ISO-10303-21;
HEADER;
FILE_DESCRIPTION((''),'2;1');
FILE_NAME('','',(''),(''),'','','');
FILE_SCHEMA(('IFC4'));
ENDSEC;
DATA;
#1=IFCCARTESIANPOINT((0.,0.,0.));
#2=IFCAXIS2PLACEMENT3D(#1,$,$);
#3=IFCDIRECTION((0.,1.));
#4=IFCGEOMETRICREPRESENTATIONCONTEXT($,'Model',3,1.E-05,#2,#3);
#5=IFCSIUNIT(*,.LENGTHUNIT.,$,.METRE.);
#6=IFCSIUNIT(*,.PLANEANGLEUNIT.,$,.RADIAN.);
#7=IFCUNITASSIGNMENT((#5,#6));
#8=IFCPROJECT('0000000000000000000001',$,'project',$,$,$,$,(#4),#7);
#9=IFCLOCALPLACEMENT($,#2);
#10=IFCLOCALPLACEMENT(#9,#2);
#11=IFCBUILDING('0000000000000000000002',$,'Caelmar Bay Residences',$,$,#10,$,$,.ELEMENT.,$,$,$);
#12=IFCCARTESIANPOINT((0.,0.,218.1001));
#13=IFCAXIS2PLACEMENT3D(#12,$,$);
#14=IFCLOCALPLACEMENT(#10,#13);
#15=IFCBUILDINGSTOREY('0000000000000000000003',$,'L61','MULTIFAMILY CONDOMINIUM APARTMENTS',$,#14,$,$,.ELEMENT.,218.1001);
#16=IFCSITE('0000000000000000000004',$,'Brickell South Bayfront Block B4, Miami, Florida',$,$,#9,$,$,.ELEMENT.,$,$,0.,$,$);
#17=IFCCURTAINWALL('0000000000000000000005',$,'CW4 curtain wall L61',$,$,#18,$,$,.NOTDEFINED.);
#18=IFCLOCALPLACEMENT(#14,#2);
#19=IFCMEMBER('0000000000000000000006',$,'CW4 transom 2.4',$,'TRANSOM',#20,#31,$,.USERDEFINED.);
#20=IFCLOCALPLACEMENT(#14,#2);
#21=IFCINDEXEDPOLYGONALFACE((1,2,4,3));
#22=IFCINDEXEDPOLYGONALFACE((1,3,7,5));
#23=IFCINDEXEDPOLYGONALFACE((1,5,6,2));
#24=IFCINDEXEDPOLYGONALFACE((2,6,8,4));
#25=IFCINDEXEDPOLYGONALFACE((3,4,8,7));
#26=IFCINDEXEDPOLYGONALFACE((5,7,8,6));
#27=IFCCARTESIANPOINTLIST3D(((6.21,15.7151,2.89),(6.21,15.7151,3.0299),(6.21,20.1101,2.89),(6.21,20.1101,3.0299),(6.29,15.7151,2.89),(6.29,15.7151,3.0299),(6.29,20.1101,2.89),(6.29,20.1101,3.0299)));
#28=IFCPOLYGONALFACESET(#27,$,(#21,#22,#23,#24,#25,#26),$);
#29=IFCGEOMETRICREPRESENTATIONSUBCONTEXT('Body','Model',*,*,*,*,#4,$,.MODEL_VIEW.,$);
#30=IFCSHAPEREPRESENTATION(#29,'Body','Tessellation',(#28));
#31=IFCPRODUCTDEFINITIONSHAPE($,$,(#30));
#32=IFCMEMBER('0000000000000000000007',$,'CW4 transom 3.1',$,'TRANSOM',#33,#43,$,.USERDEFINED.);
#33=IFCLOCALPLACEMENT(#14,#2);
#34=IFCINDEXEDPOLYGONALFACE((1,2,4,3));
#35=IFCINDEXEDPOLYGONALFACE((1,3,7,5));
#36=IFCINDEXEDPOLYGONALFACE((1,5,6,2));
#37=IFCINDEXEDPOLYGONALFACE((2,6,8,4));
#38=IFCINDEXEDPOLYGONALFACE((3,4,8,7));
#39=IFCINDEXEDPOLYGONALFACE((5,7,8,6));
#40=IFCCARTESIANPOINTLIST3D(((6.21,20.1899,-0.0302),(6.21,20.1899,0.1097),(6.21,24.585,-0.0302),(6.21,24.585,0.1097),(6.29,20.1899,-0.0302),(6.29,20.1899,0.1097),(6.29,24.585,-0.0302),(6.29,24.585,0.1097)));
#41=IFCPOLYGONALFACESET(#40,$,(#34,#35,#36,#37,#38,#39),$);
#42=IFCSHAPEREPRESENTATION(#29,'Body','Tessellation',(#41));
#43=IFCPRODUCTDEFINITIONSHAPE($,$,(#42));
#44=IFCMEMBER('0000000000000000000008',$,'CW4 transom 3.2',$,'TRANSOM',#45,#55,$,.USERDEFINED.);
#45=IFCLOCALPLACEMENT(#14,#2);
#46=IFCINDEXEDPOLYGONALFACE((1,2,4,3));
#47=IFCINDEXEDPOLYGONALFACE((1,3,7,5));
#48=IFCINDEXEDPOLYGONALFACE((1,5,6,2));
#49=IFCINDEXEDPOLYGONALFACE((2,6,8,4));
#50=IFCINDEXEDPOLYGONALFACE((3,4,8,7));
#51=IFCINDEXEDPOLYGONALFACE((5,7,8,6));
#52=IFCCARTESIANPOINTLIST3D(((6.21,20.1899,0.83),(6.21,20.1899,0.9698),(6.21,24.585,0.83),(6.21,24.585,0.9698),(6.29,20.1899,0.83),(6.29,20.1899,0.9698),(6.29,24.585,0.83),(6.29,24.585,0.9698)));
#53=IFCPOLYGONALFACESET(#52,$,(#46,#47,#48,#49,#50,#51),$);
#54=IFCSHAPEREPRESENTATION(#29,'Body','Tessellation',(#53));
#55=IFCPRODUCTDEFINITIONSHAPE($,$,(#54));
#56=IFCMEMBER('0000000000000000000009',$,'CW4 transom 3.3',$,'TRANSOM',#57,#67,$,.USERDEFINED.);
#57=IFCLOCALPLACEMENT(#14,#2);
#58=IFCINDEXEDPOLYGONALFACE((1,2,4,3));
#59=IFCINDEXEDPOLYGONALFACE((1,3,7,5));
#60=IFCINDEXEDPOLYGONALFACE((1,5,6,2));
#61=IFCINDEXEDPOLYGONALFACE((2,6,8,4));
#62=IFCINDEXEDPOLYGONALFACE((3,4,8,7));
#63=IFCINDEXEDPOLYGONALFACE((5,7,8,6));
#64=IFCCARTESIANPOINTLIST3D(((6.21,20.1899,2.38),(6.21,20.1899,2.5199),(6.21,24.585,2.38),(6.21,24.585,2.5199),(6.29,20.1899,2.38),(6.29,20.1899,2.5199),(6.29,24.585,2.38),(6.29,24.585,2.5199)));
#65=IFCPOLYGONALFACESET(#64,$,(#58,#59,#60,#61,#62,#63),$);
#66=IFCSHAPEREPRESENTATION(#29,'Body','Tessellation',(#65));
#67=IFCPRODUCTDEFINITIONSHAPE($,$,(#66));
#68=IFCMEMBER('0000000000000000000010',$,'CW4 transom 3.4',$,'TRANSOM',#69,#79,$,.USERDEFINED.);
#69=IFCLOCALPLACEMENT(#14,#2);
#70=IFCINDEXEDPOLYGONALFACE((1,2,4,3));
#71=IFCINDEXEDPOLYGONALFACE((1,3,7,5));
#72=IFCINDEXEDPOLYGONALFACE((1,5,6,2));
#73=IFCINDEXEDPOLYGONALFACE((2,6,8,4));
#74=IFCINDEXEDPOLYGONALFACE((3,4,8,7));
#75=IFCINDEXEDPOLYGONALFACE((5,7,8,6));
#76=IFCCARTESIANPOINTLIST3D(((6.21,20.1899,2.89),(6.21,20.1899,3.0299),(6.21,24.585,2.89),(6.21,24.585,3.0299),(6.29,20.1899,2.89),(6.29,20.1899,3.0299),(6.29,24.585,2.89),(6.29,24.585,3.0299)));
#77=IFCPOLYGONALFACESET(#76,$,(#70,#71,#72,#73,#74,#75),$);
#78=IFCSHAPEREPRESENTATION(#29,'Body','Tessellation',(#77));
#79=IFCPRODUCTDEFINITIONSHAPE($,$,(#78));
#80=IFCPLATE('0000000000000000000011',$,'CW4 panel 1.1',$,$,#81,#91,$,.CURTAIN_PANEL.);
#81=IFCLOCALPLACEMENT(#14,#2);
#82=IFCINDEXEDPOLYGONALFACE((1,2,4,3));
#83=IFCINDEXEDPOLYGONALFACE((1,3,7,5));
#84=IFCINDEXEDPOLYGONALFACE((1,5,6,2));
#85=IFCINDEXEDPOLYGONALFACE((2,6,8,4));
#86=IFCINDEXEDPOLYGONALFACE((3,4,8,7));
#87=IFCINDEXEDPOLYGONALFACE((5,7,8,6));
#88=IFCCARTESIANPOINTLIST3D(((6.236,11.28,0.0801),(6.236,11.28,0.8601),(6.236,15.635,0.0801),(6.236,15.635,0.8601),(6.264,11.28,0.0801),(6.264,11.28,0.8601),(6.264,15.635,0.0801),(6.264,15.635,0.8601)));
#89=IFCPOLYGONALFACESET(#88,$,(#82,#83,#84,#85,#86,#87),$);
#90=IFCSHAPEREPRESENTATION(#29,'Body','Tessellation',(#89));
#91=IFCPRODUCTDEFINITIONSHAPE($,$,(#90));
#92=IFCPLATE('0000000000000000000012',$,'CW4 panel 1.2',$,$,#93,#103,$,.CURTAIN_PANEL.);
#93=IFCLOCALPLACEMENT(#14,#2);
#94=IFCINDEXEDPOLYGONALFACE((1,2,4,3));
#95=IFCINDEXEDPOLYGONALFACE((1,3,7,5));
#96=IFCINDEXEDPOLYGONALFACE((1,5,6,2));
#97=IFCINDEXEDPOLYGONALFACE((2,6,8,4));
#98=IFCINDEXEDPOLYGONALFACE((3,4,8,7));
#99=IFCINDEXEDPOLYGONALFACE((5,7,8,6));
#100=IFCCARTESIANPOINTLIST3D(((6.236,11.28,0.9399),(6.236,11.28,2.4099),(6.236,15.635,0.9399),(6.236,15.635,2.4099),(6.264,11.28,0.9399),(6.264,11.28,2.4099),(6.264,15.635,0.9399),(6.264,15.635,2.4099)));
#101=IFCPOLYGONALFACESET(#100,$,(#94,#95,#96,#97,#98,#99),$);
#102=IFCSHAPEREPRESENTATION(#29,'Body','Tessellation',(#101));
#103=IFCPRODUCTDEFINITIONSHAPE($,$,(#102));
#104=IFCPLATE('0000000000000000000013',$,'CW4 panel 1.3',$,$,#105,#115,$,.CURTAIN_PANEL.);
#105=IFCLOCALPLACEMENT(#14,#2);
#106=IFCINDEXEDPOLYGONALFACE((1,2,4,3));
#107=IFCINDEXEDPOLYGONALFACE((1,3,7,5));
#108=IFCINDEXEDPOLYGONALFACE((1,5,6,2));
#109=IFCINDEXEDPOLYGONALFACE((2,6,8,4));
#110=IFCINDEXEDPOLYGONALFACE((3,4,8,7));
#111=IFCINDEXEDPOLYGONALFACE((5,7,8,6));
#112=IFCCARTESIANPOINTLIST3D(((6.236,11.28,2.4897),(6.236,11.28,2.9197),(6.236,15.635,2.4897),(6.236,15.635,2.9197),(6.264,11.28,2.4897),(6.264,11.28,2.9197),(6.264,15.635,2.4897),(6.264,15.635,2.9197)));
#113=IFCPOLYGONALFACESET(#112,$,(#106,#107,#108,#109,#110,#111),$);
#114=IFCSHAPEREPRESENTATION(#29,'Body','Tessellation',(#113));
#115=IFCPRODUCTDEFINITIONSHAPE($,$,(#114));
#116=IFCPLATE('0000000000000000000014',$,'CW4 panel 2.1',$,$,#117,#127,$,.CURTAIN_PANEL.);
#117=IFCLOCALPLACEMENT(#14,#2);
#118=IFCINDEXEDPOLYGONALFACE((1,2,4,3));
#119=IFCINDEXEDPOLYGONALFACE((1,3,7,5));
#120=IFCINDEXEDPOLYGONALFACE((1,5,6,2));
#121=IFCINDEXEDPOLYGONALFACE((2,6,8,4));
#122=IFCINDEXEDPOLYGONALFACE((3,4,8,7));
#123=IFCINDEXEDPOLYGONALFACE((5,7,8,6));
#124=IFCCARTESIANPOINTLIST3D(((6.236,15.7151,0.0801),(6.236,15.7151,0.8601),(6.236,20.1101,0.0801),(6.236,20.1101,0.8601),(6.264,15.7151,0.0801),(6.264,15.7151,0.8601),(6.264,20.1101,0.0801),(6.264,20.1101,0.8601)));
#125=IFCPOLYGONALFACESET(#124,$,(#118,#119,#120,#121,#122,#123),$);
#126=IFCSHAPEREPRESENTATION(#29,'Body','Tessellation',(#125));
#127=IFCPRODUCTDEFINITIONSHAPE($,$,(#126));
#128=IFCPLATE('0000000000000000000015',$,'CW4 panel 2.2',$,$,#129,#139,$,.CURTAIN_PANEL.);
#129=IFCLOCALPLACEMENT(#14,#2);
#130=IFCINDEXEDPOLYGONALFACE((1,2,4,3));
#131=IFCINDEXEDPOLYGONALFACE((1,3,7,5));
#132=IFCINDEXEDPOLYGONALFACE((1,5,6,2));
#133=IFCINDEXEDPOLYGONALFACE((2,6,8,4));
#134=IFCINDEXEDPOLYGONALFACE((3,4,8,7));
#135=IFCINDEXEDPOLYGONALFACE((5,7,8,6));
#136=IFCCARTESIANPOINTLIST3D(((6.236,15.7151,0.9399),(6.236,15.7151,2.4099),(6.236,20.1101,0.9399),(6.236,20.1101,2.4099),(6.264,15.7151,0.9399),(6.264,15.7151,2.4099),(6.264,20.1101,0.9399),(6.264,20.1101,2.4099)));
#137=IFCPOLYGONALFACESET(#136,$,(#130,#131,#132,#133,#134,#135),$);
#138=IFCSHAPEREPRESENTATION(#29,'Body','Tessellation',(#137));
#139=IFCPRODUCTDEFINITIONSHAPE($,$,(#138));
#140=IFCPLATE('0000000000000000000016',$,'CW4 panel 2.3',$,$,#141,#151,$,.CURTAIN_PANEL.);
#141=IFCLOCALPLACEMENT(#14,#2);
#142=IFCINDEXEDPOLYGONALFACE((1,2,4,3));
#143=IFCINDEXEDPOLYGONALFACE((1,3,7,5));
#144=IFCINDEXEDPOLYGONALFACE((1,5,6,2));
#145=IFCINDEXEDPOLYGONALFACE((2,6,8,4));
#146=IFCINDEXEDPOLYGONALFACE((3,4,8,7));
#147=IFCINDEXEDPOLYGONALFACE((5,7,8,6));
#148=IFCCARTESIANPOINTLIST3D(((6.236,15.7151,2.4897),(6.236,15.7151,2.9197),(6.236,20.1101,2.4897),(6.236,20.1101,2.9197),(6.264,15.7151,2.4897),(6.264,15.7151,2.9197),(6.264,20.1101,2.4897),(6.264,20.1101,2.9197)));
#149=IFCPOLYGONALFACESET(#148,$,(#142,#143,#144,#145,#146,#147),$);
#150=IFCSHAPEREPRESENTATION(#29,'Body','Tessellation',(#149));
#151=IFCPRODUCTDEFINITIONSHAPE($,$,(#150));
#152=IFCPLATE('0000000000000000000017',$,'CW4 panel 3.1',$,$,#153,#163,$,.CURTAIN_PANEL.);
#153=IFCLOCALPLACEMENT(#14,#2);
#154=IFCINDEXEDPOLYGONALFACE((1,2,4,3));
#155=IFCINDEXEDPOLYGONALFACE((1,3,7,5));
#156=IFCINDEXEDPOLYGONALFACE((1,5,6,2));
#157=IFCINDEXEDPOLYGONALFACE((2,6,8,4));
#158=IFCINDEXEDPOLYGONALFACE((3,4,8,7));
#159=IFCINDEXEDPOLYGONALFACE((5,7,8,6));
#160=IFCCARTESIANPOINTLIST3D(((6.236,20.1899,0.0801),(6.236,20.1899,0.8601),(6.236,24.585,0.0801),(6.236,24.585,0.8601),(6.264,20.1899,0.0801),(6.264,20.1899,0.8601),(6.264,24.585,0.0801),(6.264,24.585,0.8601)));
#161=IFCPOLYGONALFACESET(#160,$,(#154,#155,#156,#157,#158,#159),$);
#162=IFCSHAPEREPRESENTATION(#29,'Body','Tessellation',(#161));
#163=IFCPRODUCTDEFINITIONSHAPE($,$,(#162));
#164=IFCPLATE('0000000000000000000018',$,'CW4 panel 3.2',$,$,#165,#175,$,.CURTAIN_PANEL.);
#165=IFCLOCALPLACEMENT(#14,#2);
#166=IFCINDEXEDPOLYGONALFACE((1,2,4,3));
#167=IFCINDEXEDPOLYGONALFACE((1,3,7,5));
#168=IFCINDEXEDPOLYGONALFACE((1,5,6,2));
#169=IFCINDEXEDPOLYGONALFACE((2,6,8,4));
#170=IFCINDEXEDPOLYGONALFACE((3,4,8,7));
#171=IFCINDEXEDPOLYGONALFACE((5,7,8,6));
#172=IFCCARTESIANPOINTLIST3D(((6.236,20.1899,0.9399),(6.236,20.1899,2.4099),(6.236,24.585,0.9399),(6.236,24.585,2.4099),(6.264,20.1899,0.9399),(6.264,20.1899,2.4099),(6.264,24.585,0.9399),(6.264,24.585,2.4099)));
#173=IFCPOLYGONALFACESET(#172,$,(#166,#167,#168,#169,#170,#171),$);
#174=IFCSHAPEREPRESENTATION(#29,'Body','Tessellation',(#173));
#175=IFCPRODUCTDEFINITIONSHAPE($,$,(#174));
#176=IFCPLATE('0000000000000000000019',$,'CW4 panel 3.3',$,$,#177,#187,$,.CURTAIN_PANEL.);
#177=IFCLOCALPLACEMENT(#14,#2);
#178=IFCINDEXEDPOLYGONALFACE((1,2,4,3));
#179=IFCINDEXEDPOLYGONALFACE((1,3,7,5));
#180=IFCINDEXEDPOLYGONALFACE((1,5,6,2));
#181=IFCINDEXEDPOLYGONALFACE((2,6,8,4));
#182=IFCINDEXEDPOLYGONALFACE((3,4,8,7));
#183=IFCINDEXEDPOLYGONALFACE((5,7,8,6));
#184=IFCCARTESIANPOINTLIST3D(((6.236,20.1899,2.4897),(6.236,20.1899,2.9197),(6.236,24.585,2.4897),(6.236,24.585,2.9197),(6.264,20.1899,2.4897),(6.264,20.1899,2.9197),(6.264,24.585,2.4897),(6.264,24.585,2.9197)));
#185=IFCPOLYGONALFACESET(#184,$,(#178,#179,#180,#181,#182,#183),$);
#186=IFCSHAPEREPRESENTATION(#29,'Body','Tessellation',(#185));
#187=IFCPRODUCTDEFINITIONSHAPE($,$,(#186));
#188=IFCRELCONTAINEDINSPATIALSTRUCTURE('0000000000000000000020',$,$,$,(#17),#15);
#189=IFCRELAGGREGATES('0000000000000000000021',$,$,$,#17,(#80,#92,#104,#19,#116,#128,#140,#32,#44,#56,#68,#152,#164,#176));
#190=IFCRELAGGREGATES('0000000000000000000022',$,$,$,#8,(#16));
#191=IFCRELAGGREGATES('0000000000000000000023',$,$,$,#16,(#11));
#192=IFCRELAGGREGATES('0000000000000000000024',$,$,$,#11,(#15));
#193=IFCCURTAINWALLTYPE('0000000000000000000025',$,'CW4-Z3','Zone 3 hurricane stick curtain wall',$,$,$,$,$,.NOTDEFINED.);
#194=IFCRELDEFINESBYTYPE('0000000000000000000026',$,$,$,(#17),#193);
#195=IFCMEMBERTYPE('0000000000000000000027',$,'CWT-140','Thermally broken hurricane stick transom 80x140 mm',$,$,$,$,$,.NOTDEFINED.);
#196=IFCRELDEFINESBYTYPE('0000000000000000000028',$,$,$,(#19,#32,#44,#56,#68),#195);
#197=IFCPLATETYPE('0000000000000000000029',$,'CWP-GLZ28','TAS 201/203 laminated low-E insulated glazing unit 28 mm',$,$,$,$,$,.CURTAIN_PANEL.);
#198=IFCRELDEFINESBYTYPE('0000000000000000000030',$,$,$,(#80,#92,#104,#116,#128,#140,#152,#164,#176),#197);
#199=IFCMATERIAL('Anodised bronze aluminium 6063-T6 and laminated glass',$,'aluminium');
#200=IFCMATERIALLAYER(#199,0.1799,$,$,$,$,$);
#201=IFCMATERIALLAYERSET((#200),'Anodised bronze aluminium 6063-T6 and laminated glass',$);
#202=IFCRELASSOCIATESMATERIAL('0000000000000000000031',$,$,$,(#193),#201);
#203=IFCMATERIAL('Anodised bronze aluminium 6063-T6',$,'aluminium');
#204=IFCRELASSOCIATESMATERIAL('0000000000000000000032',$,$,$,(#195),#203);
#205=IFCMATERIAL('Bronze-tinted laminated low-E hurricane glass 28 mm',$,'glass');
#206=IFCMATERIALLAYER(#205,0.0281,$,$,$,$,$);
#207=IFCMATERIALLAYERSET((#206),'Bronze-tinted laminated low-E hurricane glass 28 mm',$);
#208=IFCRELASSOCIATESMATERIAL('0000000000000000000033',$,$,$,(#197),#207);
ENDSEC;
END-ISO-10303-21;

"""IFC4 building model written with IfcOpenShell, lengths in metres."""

from ifc_helpers import new_model, si_unit, direction, frame, origin, origin_2d, place, context, subcontext, project, spatial, rectangle, extrude, material, layer, layer_set, material_profile, profile_set, type_object, element, aggregate, save


model = new_model("IFC4")

# Units and contexts
model_context = context("Model", 3, precision=1e-05, world=origin(), true_north=direction((0.0, 1.0)))
body_context = subcontext(model_context, "Body", "Model", "MODEL_VIEW")
ifc_project = project(units=[si_unit("LENGTHUNIT", "METRE"), si_unit("PLANEANGLEUNIT", "RADIAN")], contexts=[model_context])

# Site, building, storey
site_placement = place(None, origin())
site = spatial("IfcSite", under=ifc_project, at=site_placement, Name="Brickell South Bayfront Block B4, Miami, Florida", CompositionType="ELEMENT", RefElevation=0.0)
building_placement = place(site_placement, origin())
building = spatial("IfcBuilding", under=site, at=building_placement, Name="Caelmar Bay Residences", CompositionType="ELEMENT")
storey_placement = place(building_placement, frame((0.0, 0.0, 218.1001)))
storey = spatial("IfcBuildingStorey", under=building, at=storey_placement, Name="L61", Description="MULTIFAMILY CONDOMINIUM APARTMENTS", CompositionType="ELEMENT", Elevation=218.1001)

# Curtain wall, members, plates
ifc_material_1 = material(Name="Anodised bronze aluminium 6063-T6 and laminated glass", Category="aluminium")
ifc_layer_1 = layer(ifc_material_1, 0.1799)
ifc_layer_set_1 = layer_set([ifc_layer_1], Name="Anodised bronze aluminium 6063-T6 and laminated glass")
curtain_wall_type = type_object("IfcCurtainWallType", Name="CW4-Z3", Description="Zone 3 hurricane stick curtain wall", PredefinedType="NOTDEFINED", material=ifc_layer_set_1)
curtain_wall_placement = place(storey_placement, origin())
curtain_wall = element("IfcCurtainWall", 1, at=curtain_wall_placement, inside=storey, type_object=curtain_wall_type, Name="CW4 curtain wall L61", PredefinedType="NOTDEFINED")
ifc_material_2 = material(Name="Anodised bronze aluminium 6063-T6", Category="aluminium")
ifc_material_profile_1 = material_profile(ifc_material_2, rectangle(XDim=0.0801, YDim=0.1399, at=origin_2d()), Name="CWT-80X140")
ifc_profile_set_1 = profile_set([ifc_material_profile_1], Name="Anodised bronze aluminium 6063-T6")
member_type_1 = type_object("IfcMemberType", Name="CWT-140", Description="Thermally broken hurricane stick transom 80x140 mm", PredefinedType="NOTDEFINED", material=ifc_profile_set_1)
member_1_placement = place(storey_placement, frame((6.25, 15.7151, 2.96), z_axis=(0.0, 1.0, 0.0), x_axis=(-1.0, 0.0, 0.0)))
member_1 = element("IfcMember", 2, at=member_1_placement, type_object=member_type_1, Name="CW4 transom 2.4", ObjectType="TRANSOM", PredefinedType="USERDEFINED", context=body_context, shape_type="SweptSolid", body=[
    extrude(rectangle(XDim=0.0801, YDim=0.1399, at=origin_2d()), origin(), (0.0, 0.0, 1.0), 4.395),
])
member_2_placement = place(storey_placement, frame((6.25, 20.1899, 0.0398), z_axis=(0.0, 1.0, 0.0), x_axis=(-1.0, 0.0, 0.0)))
member_2 = element("IfcMember", 3, at=member_2_placement, type_object=member_type_1, Name="CW4 transom 3.1", ObjectType="TRANSOM", PredefinedType="USERDEFINED", context=body_context, shape_type="SweptSolid", body=[
    extrude(rectangle(XDim=0.0801, YDim=0.1399, at=origin_2d()), origin(), (0.0, 0.0, 1.0), 4.395),
])
member_3_placement = place(storey_placement, frame((6.25, 20.1899, 0.8999), z_axis=(0.0, 1.0, 0.0), x_axis=(-1.0, 0.0, 0.0)))
member_3 = element("IfcMember", 4, at=member_3_placement, type_object=member_type_1, Name="CW4 transom 3.2", ObjectType="TRANSOM", PredefinedType="USERDEFINED", context=body_context, shape_type="SweptSolid", body=[
    extrude(rectangle(XDim=0.0801, YDim=0.1399, at=origin_2d()), origin(), (0.0, 0.0, 1.0), 4.395),
])
member_4_placement = place(storey_placement, frame((6.25, 20.1899, 2.45), z_axis=(0.0, 1.0, 0.0), x_axis=(-1.0, 0.0, 0.0)))
member_4 = element("IfcMember", 5, at=member_4_placement, type_object=member_type_1, Name="CW4 transom 3.3", ObjectType="TRANSOM", PredefinedType="USERDEFINED", context=body_context, shape_type="SweptSolid", body=[
    extrude(rectangle(XDim=0.0801, YDim=0.1399, at=origin_2d()), origin(), (0.0, 0.0, 1.0), 4.395),
])
member_5_placement = place(storey_placement, frame((6.25, 20.1899, 2.96), z_axis=(0.0, 1.0, 0.0), x_axis=(-1.0, 0.0, 0.0)))
member_5 = element("IfcMember", 6, at=member_5_placement, type_object=member_type_1, Name="CW4 transom 3.4", ObjectType="TRANSOM", PredefinedType="USERDEFINED", context=body_context, shape_type="SweptSolid", body=[
    extrude(rectangle(XDim=0.0801, YDim=0.1399, at=origin_2d()), origin(), (0.0, 0.0, 1.0), 4.395),
])
ifc_material_3 = material(Name="Bronze-tinted laminated low-E hurricane glass 28 mm", Category="glass")
ifc_layer_2 = layer(ifc_material_3, 0.0281)
ifc_layer_set_2 = layer_set([ifc_layer_2], Name="Bronze-tinted laminated low-E hurricane glass 28 mm")
plate_type = type_object("IfcPlateType", Name="CWP-GLZ28", Description="TAS 201/203 laminated low-E insulated glazing unit 28 mm", PredefinedType="CURTAIN_PANEL", material=ifc_layer_set_2)
plate_1_placement = place(storey_placement, frame((6.25, 13.4575, 0.0801), z_axis=(0.0, 0.0, 1.0), x_axis=(0.0, 1.0, 0.0)))
plate_1 = element("IfcPlate", 7, at=plate_1_placement, type_object=plate_type, Name="CW4 panel 1.1", PredefinedType="CURTAIN_PANEL", context=body_context, shape_type="SweptSolid", body=[
    extrude(rectangle(XDim=4.355, YDim=0.0281, at=origin_2d()), origin(), (0.0, 0.0, 1.0), 0.78),
])
plate_2_placement = place(storey_placement, frame((6.25, 13.4575, 0.9399), z_axis=(0.0, 0.0, 1.0), x_axis=(0.0, 1.0, 0.0)))
plate_2 = element("IfcPlate", 8, at=plate_2_placement, type_object=plate_type, Name="CW4 panel 1.2", PredefinedType="CURTAIN_PANEL", context=body_context, shape_type="SweptSolid", body=[
    extrude(rectangle(XDim=4.355, YDim=0.0281, at=origin_2d()), origin(), (0.0, 0.0, 1.0), 1.47),
])
plate_3_placement = place(storey_placement, frame((6.25, 13.4575, 2.4897), z_axis=(0.0, 0.0, 1.0), x_axis=(0.0, 1.0, 0.0)))
plate_3 = element("IfcPlate", 9, at=plate_3_placement, type_object=plate_type, Name="CW4 panel 1.3", PredefinedType="CURTAIN_PANEL", context=body_context, shape_type="SweptSolid", body=[
    extrude(rectangle(XDim=4.355, YDim=0.0281, at=origin_2d()), origin(), (0.0, 0.0, 1.0), 0.4299),
])
plate_4_placement = place(storey_placement, frame((6.25, 17.9126, 0.0801), z_axis=(0.0, 0.0, 1.0), x_axis=(0.0, 1.0, 0.0)))
plate_4 = element("IfcPlate", 10, at=plate_4_placement, type_object=plate_type, Name="CW4 panel 2.1", PredefinedType="CURTAIN_PANEL", context=body_context, shape_type="SweptSolid", body=[
    extrude(rectangle(XDim=4.395, YDim=0.0281, at=origin_2d()), origin(), (0.0, 0.0, 1.0), 0.78),
])
plate_5_placement = place(storey_placement, frame((6.25, 17.9126, 0.9399), z_axis=(0.0, 0.0, 1.0), x_axis=(0.0, 1.0, 0.0)))
plate_5 = element("IfcPlate", 11, at=plate_5_placement, type_object=plate_type, Name="CW4 panel 2.2", PredefinedType="CURTAIN_PANEL", context=body_context, shape_type="SweptSolid", body=[
    extrude(rectangle(XDim=4.395, YDim=0.0281, at=origin_2d()), origin(), (0.0, 0.0, 1.0), 1.47),
])
plate_6_placement = place(storey_placement, frame((6.25, 17.9126, 2.4897), z_axis=(0.0, 0.0, 1.0), x_axis=(0.0, 1.0, 0.0)))
plate_6 = element("IfcPlate", 12, at=plate_6_placement, type_object=plate_type, Name="CW4 panel 2.3", PredefinedType="CURTAIN_PANEL", context=body_context, shape_type="SweptSolid", body=[
    extrude(rectangle(XDim=4.395, YDim=0.0281, at=origin_2d()), origin(), (0.0, 0.0, 1.0), 0.4299),
])
plate_7_placement = place(storey_placement, frame((6.25, 22.3875, 0.0801), z_axis=(0.0, 0.0, 1.0), x_axis=(0.0, 1.0, 0.0)))
plate_7 = element("IfcPlate", 13, at=plate_7_placement, type_object=plate_type, Name="CW4 panel 3.1", PredefinedType="CURTAIN_PANEL", context=body_context, shape_type="SweptSolid", body=[
    extrude(rectangle(XDim=4.395, YDim=0.0281, at=origin_2d()), origin(), (0.0, 0.0, 1.0), 0.78),
])
plate_8_placement = place(storey_placement, frame((6.25, 22.3875, 0.9399), z_axis=(0.0, 0.0, 1.0), x_axis=(0.0, 1.0, 0.0)))
plate_8 = element("IfcPlate", 14, at=plate_8_placement, type_object=plate_type, Name="CW4 panel 3.2", PredefinedType="CURTAIN_PANEL", context=body_context, shape_type="SweptSolid", body=[
    extrude(rectangle(XDim=4.395, YDim=0.0281, at=origin_2d()), origin(), (0.0, 0.0, 1.0), 1.47),
])
plate_9_placement = place(storey_placement, frame((6.25, 22.3875, 2.4897), z_axis=(0.0, 0.0, 1.0), x_axis=(0.0, 1.0, 0.0)))
plate_9 = element("IfcPlate", 15, at=plate_9_placement, type_object=plate_type, Name="CW4 panel 3.3", PredefinedType="CURTAIN_PANEL", context=body_context, shape_type="SweptSolid", body=[
    extrude(rectangle(XDim=4.395, YDim=0.0281, at=origin_2d()), origin(), (0.0, 0.0, 1.0), 0.4299),
])
aggregate(curtain_wall, [plate_1, plate_2, plate_3, member_1, plate_4, plate_5, plate_6, member_2, member_3, member_4, member_5, plate_7, plate_8, plate_9])

save(model, "model.ifc")
